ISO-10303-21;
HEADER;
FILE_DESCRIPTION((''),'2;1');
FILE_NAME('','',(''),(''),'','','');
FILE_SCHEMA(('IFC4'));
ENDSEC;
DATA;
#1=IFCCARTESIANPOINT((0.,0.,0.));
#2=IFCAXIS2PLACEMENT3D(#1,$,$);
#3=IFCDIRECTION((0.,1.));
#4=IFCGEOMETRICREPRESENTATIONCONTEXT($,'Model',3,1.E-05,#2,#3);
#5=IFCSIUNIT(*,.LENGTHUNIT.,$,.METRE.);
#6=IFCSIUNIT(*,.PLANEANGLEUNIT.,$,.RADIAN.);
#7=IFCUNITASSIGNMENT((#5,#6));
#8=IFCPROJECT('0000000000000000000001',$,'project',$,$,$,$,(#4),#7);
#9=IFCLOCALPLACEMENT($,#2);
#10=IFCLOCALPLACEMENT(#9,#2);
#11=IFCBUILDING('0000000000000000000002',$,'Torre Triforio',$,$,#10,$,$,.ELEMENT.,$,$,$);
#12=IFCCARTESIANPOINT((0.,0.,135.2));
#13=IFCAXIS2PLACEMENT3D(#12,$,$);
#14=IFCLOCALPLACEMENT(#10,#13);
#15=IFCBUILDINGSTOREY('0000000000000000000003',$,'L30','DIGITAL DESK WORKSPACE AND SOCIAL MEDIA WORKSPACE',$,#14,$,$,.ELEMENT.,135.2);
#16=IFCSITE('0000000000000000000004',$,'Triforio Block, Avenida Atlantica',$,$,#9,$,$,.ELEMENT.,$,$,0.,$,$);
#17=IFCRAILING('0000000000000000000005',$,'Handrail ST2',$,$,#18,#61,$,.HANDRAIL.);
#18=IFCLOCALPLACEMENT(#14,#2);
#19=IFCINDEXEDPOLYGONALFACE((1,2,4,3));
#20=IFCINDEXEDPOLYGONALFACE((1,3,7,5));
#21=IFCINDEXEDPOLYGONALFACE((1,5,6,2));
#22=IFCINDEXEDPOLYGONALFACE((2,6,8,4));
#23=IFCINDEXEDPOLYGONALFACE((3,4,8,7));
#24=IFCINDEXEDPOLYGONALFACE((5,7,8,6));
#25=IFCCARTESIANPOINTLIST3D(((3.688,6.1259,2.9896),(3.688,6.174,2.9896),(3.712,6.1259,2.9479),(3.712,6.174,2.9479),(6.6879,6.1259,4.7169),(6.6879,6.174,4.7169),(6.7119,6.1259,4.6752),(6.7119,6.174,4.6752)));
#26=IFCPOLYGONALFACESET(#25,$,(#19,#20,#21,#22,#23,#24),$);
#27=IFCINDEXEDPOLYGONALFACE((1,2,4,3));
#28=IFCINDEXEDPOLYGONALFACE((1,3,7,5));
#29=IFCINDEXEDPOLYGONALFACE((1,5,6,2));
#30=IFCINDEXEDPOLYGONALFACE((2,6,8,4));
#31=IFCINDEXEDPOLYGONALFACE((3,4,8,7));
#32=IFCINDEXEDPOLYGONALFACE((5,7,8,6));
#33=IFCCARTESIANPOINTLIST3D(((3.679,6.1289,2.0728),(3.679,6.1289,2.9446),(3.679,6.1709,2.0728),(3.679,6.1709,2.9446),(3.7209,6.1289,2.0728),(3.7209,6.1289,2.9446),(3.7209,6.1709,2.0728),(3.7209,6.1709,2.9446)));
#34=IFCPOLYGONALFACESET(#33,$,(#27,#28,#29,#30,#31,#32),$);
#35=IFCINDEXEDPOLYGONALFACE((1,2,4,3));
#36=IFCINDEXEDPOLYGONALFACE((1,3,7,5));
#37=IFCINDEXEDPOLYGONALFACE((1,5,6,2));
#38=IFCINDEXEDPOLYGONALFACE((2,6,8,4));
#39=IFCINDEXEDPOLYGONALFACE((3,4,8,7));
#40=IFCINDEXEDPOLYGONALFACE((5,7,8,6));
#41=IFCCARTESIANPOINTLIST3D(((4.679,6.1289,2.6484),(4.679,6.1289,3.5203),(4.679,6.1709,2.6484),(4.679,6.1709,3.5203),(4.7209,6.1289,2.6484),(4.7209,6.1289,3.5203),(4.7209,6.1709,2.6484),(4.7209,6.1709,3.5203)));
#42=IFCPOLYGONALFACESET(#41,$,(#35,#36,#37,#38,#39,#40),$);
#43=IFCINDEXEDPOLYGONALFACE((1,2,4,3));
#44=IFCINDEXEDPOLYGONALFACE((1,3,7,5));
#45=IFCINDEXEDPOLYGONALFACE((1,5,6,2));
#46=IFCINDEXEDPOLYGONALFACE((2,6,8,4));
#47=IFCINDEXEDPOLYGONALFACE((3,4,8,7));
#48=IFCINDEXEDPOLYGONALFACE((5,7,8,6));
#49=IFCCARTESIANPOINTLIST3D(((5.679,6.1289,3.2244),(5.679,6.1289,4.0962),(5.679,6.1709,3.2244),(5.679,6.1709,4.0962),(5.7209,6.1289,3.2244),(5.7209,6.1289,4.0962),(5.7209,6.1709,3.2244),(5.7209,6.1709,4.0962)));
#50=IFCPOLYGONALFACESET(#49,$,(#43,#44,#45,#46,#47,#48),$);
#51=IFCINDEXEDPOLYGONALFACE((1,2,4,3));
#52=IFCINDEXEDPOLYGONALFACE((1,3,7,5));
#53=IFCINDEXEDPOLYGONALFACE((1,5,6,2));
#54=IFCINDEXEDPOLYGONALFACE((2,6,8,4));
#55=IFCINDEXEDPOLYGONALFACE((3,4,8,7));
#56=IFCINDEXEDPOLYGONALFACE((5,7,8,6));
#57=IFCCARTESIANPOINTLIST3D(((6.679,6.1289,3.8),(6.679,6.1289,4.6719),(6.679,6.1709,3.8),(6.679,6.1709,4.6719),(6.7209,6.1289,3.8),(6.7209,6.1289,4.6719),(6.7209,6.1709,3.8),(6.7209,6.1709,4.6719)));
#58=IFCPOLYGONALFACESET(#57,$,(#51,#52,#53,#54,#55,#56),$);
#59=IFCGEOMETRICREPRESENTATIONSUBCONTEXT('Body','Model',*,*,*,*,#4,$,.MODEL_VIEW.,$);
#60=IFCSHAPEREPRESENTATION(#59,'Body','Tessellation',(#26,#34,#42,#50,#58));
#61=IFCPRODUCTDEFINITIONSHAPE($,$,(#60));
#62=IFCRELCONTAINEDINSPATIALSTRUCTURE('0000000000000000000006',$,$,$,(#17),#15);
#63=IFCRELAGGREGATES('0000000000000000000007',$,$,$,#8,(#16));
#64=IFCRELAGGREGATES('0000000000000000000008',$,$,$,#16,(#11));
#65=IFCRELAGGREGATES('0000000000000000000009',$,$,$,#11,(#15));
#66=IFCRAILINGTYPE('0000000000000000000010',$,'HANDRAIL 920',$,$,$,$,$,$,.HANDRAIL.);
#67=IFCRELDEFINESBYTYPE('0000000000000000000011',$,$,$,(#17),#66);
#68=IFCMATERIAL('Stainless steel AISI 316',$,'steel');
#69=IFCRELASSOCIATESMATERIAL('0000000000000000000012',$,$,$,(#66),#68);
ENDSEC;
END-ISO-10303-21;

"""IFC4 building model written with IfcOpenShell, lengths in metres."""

from ifc_helpers import new_model, si_unit, direction, frame, origin, origin_2d, place, context, subcontext, project, spatial, rectangle, extrude, material, type_object, element, save


model = new_model("IFC4")

# Units and contexts
model_context = context("Model", 3, precision=1e-05, world=origin(), true_north=direction((0.0, 1.0)))
body_context = subcontext(model_context, "Body", "Model", "MODEL_VIEW")
ifc_project = project(units=[si_unit("LENGTHUNIT", "METRE"), si_unit("PLANEANGLEUNIT", "RADIAN")], contexts=[model_context])

# Site, building, storey
site_placement = place(None, origin())
site = spatial("IfcSite", under=ifc_project, at=site_placement, Name="Triforio Block, Avenida Atlantica", CompositionType="ELEMENT", RefElevation=0.0)
building_placement = place(site_placement, origin())
building = spatial("IfcBuilding", under=site, at=building_placement, Name="Torre Triforio", CompositionType="ELEMENT")
storey_placement = place(building_placement, frame((0.0, 0.0, 135.2)))
storey = spatial("IfcBuildingStorey", under=building, at=storey_placement, Name="L30", Description="DIGITAL DESK WORKSPACE AND SOCIAL MEDIA WORKSPACE", CompositionType="ELEMENT", Elevation=135.2)

# Railing
ifc_material_1 = material(Name="Stainless steel AISI 316", Category="steel")
railing_type = type_object("IfcRailingType", Name="HANDRAIL 920", PredefinedType="HANDRAIL", material=ifc_material_1)
for number, where, name in (
    (1, (3.7, 6.1499, 2.0728), "Handrail ST2"),
):
    element("IfcRailing", number, at=place(storey_placement, frame(where)), inside=storey, type_object=railing_type, Name=name, PredefinedType="HANDRAIL", context=body_context, shape_type="SweptSolid", body=[
        extrude(rectangle(XDim=0.0481, YDim=0.0481, at=origin_2d()), frame((0.0, 0.0, 0.896), z_axis=(0.86662, 0.0, 0.498969), x_axis=(0.0, 1.0, 0.0)), (0.0, 0.0, 1.0), 3.4617),
        extrude(rectangle(XDim=0.042, YDim=0.042, at=origin_2d()), origin(), (0.0, 0.0, 1.0), 0.8718),
        extrude(rectangle(XDim=0.042, YDim=0.042, at=origin_2d()), frame((1.0, 0.0, 0.5757)), (0.0, 0.0, 1.0), 0.8718),
        extrude(rectangle(XDim=0.042, YDim=0.042, at=origin_2d()), frame((2.0, 0.0, 1.1516)), (0.0, 0.0, 1.0), 0.8718),
        extrude(rectangle(XDim=0.042, YDim=0.042, at=origin_2d()), frame((3.0, 0.0, 1.7273)), (0.0, 0.0, 1.0), 0.8718),
    ])

save(model, "model.ifc")
